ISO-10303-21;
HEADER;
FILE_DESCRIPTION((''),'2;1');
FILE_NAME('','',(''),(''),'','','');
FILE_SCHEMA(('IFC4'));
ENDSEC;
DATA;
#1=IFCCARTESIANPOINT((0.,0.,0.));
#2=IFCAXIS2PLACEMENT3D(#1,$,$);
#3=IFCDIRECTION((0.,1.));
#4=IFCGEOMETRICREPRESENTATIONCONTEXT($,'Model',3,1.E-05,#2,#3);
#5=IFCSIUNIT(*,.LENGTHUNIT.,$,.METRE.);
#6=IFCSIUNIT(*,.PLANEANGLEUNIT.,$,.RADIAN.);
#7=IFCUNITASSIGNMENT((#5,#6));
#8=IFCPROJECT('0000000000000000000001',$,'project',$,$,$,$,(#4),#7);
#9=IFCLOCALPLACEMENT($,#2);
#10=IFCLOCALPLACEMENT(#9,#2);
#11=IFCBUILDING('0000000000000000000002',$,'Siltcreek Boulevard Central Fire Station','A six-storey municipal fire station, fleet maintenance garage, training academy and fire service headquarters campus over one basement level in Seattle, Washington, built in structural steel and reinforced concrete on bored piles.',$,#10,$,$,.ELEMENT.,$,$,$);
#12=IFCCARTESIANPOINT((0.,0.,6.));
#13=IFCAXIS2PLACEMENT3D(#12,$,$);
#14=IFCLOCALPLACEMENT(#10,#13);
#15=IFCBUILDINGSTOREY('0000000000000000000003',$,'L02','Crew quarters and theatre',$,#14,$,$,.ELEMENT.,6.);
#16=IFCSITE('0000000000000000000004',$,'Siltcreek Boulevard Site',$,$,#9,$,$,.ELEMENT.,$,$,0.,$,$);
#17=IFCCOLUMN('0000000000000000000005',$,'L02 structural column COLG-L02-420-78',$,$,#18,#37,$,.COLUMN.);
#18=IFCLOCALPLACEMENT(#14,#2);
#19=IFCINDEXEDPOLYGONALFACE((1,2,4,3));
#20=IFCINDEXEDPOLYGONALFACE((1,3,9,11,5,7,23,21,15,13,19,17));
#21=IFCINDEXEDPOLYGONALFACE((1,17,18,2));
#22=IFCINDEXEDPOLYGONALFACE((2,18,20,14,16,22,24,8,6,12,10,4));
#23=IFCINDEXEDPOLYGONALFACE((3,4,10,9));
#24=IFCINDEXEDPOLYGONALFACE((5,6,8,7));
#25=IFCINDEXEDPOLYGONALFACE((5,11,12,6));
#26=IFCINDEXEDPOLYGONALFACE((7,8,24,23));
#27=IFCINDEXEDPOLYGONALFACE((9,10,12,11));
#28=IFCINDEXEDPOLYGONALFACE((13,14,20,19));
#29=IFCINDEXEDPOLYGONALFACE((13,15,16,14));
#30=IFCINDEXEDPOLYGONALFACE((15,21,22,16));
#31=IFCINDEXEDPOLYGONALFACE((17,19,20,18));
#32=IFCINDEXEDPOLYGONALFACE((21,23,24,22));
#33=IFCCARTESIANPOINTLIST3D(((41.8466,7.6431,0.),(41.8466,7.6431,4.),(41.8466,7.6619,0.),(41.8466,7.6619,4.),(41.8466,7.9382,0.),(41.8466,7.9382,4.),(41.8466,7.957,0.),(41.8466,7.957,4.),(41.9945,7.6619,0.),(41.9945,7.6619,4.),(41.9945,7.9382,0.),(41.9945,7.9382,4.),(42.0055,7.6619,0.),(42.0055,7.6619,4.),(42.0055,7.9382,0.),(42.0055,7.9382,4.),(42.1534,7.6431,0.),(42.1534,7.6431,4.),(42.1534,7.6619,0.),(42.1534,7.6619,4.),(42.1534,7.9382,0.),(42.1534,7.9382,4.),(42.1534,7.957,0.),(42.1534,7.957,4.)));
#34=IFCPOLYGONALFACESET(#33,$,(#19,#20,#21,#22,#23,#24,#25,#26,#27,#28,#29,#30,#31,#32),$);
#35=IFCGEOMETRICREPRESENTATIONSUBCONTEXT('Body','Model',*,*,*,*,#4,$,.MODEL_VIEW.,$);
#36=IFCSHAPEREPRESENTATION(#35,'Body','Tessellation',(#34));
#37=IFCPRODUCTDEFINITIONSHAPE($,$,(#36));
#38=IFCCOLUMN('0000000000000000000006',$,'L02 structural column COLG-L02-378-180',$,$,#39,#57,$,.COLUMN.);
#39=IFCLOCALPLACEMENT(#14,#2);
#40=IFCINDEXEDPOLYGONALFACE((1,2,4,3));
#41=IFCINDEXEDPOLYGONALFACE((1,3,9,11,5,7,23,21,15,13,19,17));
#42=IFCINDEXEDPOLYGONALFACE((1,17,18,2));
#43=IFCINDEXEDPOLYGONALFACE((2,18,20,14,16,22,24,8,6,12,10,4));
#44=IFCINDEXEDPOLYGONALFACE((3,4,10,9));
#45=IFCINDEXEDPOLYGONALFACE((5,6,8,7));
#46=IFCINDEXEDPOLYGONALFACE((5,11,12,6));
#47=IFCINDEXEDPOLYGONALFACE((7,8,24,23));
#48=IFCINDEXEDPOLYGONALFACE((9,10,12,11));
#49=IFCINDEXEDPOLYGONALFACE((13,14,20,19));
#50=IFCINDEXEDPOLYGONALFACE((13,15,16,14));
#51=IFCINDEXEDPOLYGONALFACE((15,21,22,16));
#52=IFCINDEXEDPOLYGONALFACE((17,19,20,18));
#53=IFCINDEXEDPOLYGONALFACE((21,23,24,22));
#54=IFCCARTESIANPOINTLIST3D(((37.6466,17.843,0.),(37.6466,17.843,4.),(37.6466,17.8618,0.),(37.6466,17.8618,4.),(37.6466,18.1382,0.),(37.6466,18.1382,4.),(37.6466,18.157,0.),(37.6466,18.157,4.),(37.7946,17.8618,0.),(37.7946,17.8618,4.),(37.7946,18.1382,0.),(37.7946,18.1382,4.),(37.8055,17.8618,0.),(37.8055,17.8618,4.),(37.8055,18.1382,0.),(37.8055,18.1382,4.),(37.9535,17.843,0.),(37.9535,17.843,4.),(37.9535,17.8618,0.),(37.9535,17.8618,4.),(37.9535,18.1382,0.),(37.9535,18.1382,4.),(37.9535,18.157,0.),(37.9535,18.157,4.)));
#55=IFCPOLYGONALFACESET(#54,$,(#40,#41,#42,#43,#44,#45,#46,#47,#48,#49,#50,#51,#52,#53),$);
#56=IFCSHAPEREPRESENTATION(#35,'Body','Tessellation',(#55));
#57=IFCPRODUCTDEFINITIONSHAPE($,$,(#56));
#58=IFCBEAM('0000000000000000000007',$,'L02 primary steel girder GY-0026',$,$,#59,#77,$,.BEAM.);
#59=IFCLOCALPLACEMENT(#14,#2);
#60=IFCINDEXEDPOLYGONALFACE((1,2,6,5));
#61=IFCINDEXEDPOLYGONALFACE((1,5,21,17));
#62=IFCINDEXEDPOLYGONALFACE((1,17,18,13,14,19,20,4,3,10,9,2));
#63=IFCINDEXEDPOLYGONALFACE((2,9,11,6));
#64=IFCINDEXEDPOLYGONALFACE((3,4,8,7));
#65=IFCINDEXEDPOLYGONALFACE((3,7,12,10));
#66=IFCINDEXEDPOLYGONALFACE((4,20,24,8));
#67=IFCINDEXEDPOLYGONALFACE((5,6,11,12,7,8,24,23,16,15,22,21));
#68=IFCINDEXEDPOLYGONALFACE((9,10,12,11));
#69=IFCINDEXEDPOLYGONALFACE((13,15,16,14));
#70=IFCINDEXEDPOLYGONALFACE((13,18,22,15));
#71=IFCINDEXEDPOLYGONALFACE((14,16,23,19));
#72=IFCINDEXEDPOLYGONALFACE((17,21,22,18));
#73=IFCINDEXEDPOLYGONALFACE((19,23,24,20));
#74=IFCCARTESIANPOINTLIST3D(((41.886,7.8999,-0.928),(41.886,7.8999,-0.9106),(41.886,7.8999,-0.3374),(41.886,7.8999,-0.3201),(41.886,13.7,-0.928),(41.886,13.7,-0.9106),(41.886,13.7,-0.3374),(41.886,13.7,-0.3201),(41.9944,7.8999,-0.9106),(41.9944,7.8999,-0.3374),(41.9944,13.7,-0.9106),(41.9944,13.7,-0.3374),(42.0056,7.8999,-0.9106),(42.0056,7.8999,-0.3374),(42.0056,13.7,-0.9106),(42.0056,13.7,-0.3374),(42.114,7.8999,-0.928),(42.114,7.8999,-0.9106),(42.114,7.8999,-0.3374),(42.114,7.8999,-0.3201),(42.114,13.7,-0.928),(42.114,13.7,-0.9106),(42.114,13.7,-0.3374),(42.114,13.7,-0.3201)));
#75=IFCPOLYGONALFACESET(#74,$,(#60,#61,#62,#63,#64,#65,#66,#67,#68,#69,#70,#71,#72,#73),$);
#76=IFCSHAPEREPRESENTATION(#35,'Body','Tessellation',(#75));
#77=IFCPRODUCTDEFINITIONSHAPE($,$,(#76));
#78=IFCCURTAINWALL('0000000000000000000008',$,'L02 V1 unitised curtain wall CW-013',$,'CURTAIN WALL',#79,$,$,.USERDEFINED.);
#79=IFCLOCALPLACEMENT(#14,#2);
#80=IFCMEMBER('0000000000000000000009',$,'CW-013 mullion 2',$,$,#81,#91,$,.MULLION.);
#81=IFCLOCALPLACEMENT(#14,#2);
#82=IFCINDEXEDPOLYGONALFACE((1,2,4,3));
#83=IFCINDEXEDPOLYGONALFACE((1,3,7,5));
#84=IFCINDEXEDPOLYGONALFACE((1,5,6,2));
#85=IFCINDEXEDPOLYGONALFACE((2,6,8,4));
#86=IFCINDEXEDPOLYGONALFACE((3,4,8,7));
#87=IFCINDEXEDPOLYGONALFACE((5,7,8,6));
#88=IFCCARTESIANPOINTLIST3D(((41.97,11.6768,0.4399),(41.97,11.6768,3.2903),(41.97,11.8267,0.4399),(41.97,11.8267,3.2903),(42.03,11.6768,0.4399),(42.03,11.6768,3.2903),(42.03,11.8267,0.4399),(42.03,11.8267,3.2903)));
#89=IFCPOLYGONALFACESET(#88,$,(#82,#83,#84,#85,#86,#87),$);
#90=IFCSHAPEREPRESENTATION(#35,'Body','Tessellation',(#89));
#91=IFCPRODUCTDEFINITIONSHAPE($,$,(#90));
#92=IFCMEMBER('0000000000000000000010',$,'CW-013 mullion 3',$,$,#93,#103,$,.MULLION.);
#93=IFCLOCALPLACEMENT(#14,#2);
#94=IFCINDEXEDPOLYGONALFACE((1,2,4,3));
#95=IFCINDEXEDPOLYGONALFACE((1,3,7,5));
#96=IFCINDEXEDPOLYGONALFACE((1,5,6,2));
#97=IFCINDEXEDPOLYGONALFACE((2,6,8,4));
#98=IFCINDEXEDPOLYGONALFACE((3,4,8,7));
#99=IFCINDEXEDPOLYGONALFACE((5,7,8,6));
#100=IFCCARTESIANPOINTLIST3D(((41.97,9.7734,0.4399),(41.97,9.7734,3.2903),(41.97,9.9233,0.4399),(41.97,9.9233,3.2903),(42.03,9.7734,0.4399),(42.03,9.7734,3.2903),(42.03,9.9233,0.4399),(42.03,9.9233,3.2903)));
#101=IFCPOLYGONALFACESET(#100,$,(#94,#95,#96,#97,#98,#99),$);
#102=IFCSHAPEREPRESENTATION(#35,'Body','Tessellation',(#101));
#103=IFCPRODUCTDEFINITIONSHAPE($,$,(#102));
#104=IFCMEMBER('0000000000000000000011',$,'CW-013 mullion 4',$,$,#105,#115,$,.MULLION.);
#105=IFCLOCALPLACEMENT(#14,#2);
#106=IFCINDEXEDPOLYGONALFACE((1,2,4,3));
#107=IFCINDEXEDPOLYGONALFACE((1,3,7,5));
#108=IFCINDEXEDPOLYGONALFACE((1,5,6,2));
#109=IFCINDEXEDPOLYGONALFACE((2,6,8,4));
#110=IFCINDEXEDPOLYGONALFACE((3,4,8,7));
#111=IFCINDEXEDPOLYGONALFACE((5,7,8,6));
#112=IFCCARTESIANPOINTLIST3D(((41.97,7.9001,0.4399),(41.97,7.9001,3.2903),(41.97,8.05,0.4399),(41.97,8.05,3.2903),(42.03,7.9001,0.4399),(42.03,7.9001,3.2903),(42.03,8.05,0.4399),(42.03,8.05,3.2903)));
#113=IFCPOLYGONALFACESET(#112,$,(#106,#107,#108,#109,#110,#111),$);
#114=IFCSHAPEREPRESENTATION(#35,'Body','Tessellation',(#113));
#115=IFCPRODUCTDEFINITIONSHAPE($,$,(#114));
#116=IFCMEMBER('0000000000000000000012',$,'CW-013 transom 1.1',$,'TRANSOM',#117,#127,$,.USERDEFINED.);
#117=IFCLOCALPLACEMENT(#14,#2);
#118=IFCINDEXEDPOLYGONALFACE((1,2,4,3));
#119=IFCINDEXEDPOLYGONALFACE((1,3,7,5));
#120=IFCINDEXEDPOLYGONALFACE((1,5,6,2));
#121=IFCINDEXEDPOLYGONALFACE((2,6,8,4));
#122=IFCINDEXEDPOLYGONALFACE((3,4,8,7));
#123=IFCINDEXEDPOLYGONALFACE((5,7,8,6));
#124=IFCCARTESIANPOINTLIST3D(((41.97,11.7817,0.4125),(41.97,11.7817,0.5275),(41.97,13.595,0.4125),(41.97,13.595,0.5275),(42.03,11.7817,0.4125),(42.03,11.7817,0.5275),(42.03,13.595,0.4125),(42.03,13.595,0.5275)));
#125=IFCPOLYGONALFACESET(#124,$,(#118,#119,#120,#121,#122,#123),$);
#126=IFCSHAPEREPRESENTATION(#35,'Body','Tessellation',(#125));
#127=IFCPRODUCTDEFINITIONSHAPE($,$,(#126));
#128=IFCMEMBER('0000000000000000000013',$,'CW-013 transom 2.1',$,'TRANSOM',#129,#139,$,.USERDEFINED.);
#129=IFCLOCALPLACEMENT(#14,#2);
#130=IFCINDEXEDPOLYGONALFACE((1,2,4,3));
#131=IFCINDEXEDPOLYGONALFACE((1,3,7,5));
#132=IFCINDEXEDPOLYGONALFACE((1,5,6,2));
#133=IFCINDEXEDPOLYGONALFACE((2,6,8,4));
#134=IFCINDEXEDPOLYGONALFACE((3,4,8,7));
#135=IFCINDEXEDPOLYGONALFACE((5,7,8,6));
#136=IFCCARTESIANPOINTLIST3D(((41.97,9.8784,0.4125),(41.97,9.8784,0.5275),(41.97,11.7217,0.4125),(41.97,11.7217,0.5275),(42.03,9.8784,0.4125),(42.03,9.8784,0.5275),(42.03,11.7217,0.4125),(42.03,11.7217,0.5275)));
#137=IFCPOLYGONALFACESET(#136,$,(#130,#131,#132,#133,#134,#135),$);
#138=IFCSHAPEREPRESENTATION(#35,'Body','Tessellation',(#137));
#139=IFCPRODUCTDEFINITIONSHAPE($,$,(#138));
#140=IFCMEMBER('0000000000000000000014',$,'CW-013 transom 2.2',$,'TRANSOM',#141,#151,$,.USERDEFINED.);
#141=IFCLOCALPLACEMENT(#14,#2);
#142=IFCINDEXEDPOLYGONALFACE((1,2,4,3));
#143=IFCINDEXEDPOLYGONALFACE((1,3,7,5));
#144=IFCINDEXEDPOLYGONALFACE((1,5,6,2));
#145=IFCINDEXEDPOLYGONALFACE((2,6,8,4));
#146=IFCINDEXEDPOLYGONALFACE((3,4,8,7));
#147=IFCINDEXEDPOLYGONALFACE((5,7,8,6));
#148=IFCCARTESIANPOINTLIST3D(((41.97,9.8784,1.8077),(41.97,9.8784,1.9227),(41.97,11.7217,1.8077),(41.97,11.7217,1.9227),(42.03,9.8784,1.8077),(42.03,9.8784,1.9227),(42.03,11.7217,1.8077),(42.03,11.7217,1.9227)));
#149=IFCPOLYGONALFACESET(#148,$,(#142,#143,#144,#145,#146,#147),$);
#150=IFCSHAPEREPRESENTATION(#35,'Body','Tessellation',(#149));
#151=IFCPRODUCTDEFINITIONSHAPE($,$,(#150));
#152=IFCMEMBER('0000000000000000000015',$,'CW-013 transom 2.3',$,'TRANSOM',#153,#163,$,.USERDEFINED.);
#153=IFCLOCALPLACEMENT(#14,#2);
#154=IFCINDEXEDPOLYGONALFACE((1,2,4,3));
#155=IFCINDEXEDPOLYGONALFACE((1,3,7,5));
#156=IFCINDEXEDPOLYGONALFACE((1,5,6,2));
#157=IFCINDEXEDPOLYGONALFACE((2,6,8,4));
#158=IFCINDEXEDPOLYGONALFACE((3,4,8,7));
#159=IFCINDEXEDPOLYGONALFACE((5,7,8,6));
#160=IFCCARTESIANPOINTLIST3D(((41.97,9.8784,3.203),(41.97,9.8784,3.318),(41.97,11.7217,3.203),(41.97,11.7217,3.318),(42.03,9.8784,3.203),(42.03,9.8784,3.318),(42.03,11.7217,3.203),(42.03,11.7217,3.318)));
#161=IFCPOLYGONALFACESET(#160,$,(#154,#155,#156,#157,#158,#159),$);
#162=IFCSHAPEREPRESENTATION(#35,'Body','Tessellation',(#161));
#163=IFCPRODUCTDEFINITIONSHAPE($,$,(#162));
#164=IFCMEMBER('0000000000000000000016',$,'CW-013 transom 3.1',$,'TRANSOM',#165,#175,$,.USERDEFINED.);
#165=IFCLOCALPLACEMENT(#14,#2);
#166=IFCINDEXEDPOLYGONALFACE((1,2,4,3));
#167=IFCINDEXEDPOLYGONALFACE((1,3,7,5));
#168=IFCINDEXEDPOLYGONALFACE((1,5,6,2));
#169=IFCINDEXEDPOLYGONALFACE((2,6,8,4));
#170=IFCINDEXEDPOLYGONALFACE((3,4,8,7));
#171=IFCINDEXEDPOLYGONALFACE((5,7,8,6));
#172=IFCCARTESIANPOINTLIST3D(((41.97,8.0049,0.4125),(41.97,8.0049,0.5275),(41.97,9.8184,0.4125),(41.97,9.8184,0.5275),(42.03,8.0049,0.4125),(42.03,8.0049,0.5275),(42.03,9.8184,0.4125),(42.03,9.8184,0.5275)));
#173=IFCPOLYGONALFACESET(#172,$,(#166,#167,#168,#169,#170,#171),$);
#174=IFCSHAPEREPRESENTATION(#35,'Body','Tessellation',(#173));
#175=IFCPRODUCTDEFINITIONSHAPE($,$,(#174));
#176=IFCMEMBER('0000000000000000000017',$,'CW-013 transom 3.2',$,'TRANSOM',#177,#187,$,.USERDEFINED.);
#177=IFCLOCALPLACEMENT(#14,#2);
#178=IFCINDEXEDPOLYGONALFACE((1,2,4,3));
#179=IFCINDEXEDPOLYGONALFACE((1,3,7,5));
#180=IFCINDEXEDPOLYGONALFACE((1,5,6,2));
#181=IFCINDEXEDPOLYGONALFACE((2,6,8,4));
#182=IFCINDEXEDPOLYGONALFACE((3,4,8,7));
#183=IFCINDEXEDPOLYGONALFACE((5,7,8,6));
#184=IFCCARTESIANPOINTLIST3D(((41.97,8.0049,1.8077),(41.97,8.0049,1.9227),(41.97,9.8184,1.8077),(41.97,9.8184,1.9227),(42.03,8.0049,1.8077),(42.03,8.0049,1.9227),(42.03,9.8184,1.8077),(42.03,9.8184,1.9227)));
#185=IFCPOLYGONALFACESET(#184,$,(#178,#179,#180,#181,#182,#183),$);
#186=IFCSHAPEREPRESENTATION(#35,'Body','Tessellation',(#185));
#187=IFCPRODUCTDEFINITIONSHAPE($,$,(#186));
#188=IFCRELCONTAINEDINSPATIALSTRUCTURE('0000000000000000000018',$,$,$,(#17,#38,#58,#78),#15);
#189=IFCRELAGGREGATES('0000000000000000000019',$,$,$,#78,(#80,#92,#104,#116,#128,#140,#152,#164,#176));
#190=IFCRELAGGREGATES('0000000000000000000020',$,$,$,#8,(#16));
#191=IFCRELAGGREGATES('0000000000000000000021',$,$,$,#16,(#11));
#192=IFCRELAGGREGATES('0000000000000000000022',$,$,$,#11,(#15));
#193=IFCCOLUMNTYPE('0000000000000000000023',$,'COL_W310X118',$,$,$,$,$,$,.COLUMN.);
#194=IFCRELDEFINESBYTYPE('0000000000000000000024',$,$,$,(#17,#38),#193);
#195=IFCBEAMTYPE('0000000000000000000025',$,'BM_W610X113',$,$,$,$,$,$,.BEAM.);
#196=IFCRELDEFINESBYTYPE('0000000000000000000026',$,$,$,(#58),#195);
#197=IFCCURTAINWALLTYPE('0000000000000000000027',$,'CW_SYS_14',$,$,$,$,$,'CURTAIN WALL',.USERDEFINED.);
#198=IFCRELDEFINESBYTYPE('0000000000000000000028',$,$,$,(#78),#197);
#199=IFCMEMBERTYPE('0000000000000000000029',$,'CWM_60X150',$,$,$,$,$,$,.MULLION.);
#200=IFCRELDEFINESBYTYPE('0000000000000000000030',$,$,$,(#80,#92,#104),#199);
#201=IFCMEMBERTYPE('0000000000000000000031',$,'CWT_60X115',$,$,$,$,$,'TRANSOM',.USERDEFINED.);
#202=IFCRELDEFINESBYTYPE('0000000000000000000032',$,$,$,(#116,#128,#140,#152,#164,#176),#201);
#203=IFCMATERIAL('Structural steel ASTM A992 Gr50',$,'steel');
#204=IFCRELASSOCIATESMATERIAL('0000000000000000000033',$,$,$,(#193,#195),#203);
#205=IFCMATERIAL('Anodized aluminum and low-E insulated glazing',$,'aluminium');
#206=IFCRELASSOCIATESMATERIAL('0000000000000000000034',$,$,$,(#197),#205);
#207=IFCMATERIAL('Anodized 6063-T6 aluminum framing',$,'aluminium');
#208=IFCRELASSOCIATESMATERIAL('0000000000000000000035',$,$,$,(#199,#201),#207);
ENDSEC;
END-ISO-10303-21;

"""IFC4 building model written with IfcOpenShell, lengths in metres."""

from ifc_helpers import new_model, si_unit, direction, frame, origin, origin_2d, place, context, subcontext, project, spatial, rectangle, i_section, extrude, material, material_profile, profile_set, type_object, element, aggregate, save


model = new_model("IFC4")

# Units and contexts
model_context = context("Model", 3, precision=1e-05, world=origin(), true_north=direction((0.0, 1.0)))
body_context = subcontext(model_context, "Body", "Model", "MODEL_VIEW")
ifc_project = project(units=[si_unit("LENGTHUNIT", "METRE"), si_unit("PLANEANGLEUNIT", "RADIAN")], contexts=[model_context])

# Site, building, storey
site_placement = place(None, origin())
site = spatial("IfcSite", under=ifc_project, at=site_placement, Name="Siltcreek Boulevard Site", CompositionType="ELEMENT", RefElevation=0.0)
building_placement = place(site_placement, origin())
building = spatial("IfcBuilding", under=site, at=building_placement, Name="Siltcreek Boulevard Central Fire Station", Description="A six-storey municipal fire station, fleet maintenance garage, training academy and fire service headquarters campus over one basement level in Seattle, Washington, built in structural steel and reinforced concrete on bored piles.", CompositionType="ELEMENT")
storey_placement = place(building_placement, frame((0.0, 0.0, 6.0)))
storey = spatial("IfcBuildingStorey", under=building, at=storey_placement, Name="L02", Description="Crew quarters and theatre", CompositionType="ELEMENT", Elevation=6.0)

# Columns
ifc_material_1 = material(Name="Structural steel ASTM A992 Gr50", Category="steel")
ifc_material_profile_1 = material_profile(ifc_material_1, i_section(OverallWidth=0.3069, OverallDepth=0.314, WebThickness=0.011, FlangeThickness=0.0188, at=origin_2d()), Name="W310X118")
ifc_profile_set_1 = profile_set([ifc_material_profile_1], Name="Structural steel ASTM A992 Gr50")
column_type = type_object("IfcColumnType", Name="COL_W310X118", PredefinedType="COLUMN", material=ifc_profile_set_1)
for number, where, z_axis, x_axis, name in (
    (1, (42.0, 7.8, 0.0), (0.0, 0.0, 1.0), (1.0, 0.0, 0.0), "L02 structural column COLG-L02-420-78"),
    (2, (37.8, 18.0, 0.0), (0.0, 0.0, 1.0), (1.0, 0.0, 0.0), "L02 structural column COLG-L02-378-180"),
):
    element("IfcColumn", number, at=place(storey_placement, frame(where, z_axis=z_axis, x_axis=x_axis)), inside=storey, type_object=column_type, Name=name, PredefinedType="COLUMN", context=body_context, shape_type="SweptSolid", body=[
        extrude(i_section(OverallWidth=0.3069, OverallDepth=0.314, WebThickness=0.011, FlangeThickness=0.0188, at=origin_2d()), origin(), (0.0, 0.0, 1.0), 4.0),
    ])

# Beam
ifc_material_profile_2 = material_profile(ifc_material_1, i_section(OverallWidth=0.228, OverallDepth=0.6079, WebThickness=0.0112, FlangeThickness=0.0173, at=origin_2d()), Name="W610X113")
ifc_profile_set_2 = profile_set([ifc_material_profile_2], Name="Structural steel ASTM A992 Gr50")
beam_type = type_object("IfcBeamType", Name="BM_W610X113", PredefinedType="BEAM", material=ifc_profile_set_2)
beam_placement = place(storey_placement, frame((42.0, 7.8999, -0.624), z_axis=(0.0, 1.0, 0.0), x_axis=(-1.0, 0.0, 0.0)))
element("IfcBeam", 3, at=beam_placement, inside=storey, type_object=beam_type, Name="L02 primary steel girder GY-0026", PredefinedType="BEAM", context=body_context, shape_type="SweptSolid", body=[
    extrude(i_section(OverallWidth=0.228, OverallDepth=0.6079, WebThickness=0.0112, FlangeThickness=0.0173, at=origin_2d()), origin(), (0.0, 0.0, 1.0), 5.8),
])

# Curtain wall, members
ifc_material_2 = material(Name="Anodized aluminum and low-E insulated glazing", Category="aluminium")
curtain_wall_type = type_object("IfcCurtainWallType", Name="CW_SYS_14", ElementType="CURTAIN WALL", PredefinedType="USERDEFINED", material=ifc_material_2)
curtain_wall_placement = place(storey_placement, origin())
curtain_wall = element("IfcCurtainWall", 4, at=curtain_wall_placement, inside=storey, type_object=curtain_wall_type, Name="L02 V1 unitised curtain wall CW-013", ObjectType="CURTAIN WALL", PredefinedType="USERDEFINED")
ifc_material_3 = material(Name="Anodized 6063-T6 aluminum framing", Category="aluminium")
ifc_material_profile_3 = material_profile(ifc_material_3, rectangle(XDim=0.0601, YDim=0.1499, at=origin_2d()), Name="MULL60X150")
ifc_profile_set_3 = profile_set([ifc_material_profile_3], Name="Anodized 6063-T6 aluminum framing")
member_type_1 = type_object("IfcMemberType", Name="CWM_60X150", PredefinedType="MULLION", material=ifc_profile_set_3)
member_1_placement = place(storey_placement, frame((42.0, 11.7517, 0.4399), z_axis=(0.0, 0.0, 1.0), x_axis=(1.0, 0.0, 0.0)))
member_1 = element("IfcMember", 5, at=member_1_placement, type_object=member_type_1, Name="CW-013 mullion 2", PredefinedType="MULLION", context=body_context, shape_type="SweptSolid", body=[
    extrude(rectangle(XDim=0.0601, YDim=0.1499, at=origin_2d()), origin(), (0.0, 0.0, 1.0), 2.8503),
])
member_2_placement = place(storey_placement, frame((42.0, 9.8484, 0.4399), z_axis=(0.0, 0.0, 1.0), x_axis=(1.0, 0.0, 0.0)))
member_2 = element("IfcMember", 6, at=member_2_placement, type_object=member_type_1, Name="CW-013 mullion 3", PredefinedType="MULLION", context=body_context, shape_type="SweptSolid", body=[
    extrude(rectangle(XDim=0.0601, YDim=0.1499, at=origin_2d()), origin(), (0.0, 0.0, 1.0), 2.8503),
])
member_3_placement = place(storey_placement, frame((42.0, 7.9751, 0.4399), z_axis=(0.0, 0.0, 1.0), x_axis=(1.0, 0.0, 0.0)))
member_3 = element("IfcMember", 7, at=member_3_placement, type_object=member_type_1, Name="CW-013 mullion 4", PredefinedType="MULLION", context=body_context, shape_type="SweptSolid", body=[
    extrude(rectangle(XDim=0.0601, YDim=0.1499, at=origin_2d()), origin(), (0.0, 0.0, 1.0), 2.8503),
])
ifc_material_profile_4 = material_profile(ifc_material_3, rectangle(XDim=0.0601, YDim=0.115, at=origin_2d()), Name="TRAN60X115")
ifc_profile_set_4 = profile_set([ifc_material_profile_4], Name="Anodized 6063-T6 aluminum framing")
member_type_2 = type_object("IfcMemberType", Name="CWT_60X115", ElementType="TRANSOM", PredefinedType="USERDEFINED", material=ifc_profile_set_4)
member_4_placement = place(storey_placement, frame((42.0, 13.595, 0.47), z_axis=(0.0, -1.0, 0.0), x_axis=(1.0, 0.0, 0.0)))
member_4 = element("IfcMember", 8, at=member_4_placement, type_object=member_type_2, Name="CW-013 transom 1.1", ObjectType="TRANSOM", PredefinedType="USERDEFINED", context=body_context, shape_type="SweptSolid", body=[
    extrude(rectangle(XDim=0.0601, YDim=0.115, at=origin_2d()), origin(), (0.0, 0.0, 1.0), 1.8132),
])
member_5_placement = place(storey_placement, frame((42.0, 11.7217, 0.47), z_axis=(0.0, -1.0, 0.0), x_axis=(1.0, 0.0, 0.0)))
member_5 = element("IfcMember", 9, at=member_5_placement, type_object=member_type_2, Name="CW-013 transom 2.1", ObjectType="TRANSOM", PredefinedType="USERDEFINED", context=body_context, shape_type="SweptSolid", body=[
    extrude(rectangle(XDim=0.0601, YDim=0.115, at=origin_2d()), origin(), (0.0, 0.0, 1.0), 1.8433),
])
member_6_placement = place(storey_placement, frame((42.0, 11.7217, 1.8652), z_axis=(0.0, -1.0, 0.0), x_axis=(1.0, 0.0, 0.0)))
member_6 = element("IfcMember", 10, at=member_6_placement, type_object=member_type_2, Name="CW-013 transom 2.2", ObjectType="TRANSOM", PredefinedType="USERDEFINED", context=body_context, shape_type="SweptSolid", body=[
    extrude(rectangle(XDim=0.0601, YDim=0.115, at=origin_2d()), origin(), (0.0, 0.0, 1.0), 1.8433),
])
member_7_placement = place(storey_placement, frame((42.0, 11.7217, 3.2605), z_axis=(0.0, -1.0, 0.0), x_axis=(1.0, 0.0, 0.0)))
member_7 = element("IfcMember", 11, at=member_7_placement, type_object=member_type_2, Name="CW-013 transom 2.3", ObjectType="TRANSOM", PredefinedType="USERDEFINED", context=body_context, shape_type="SweptSolid", body=[
    extrude(rectangle(XDim=0.0601, YDim=0.115, at=origin_2d()), origin(), (0.0, 0.0, 1.0), 1.8433),
])
member_8_placement = place(storey_placement, frame((42.0, 9.8184, 0.47), z_axis=(0.0, -1.0, 0.0), x_axis=(1.0, 0.0, 0.0)))
member_8 = element("IfcMember", 12, at=member_8_placement, type_object=member_type_2, Name="CW-013 transom 3.1", ObjectType="TRANSOM", PredefinedType="USERDEFINED", context=body_context, shape_type="SweptSolid", body=[
    extrude(rectangle(XDim=0.0601, YDim=0.115, at=origin_2d()), origin(), (0.0, 0.0, 1.0), 1.8135),
])
member_9_placement = place(storey_placement, frame((42.0, 9.8184, 1.8652), z_axis=(0.0, -1.0, 0.0), x_axis=(1.0, 0.0, 0.0)))
member_9 = element("IfcMember", 13, at=member_9_placement, type_object=member_type_2, Name="CW-013 transom 3.2", ObjectType="TRANSOM", PredefinedType="USERDEFINED", context=body_context, shape_type="SweptSolid", body=[
    extrude(rectangle(XDim=0.0601, YDim=0.115, at=origin_2d()), origin(), (0.0, 0.0, 1.0), 1.8135),
])
aggregate(curtain_wall, [member_1, member_2, member_3, member_4, member_5, member_6, member_7, member_8, member_9])

save(model, "model.ifc")
